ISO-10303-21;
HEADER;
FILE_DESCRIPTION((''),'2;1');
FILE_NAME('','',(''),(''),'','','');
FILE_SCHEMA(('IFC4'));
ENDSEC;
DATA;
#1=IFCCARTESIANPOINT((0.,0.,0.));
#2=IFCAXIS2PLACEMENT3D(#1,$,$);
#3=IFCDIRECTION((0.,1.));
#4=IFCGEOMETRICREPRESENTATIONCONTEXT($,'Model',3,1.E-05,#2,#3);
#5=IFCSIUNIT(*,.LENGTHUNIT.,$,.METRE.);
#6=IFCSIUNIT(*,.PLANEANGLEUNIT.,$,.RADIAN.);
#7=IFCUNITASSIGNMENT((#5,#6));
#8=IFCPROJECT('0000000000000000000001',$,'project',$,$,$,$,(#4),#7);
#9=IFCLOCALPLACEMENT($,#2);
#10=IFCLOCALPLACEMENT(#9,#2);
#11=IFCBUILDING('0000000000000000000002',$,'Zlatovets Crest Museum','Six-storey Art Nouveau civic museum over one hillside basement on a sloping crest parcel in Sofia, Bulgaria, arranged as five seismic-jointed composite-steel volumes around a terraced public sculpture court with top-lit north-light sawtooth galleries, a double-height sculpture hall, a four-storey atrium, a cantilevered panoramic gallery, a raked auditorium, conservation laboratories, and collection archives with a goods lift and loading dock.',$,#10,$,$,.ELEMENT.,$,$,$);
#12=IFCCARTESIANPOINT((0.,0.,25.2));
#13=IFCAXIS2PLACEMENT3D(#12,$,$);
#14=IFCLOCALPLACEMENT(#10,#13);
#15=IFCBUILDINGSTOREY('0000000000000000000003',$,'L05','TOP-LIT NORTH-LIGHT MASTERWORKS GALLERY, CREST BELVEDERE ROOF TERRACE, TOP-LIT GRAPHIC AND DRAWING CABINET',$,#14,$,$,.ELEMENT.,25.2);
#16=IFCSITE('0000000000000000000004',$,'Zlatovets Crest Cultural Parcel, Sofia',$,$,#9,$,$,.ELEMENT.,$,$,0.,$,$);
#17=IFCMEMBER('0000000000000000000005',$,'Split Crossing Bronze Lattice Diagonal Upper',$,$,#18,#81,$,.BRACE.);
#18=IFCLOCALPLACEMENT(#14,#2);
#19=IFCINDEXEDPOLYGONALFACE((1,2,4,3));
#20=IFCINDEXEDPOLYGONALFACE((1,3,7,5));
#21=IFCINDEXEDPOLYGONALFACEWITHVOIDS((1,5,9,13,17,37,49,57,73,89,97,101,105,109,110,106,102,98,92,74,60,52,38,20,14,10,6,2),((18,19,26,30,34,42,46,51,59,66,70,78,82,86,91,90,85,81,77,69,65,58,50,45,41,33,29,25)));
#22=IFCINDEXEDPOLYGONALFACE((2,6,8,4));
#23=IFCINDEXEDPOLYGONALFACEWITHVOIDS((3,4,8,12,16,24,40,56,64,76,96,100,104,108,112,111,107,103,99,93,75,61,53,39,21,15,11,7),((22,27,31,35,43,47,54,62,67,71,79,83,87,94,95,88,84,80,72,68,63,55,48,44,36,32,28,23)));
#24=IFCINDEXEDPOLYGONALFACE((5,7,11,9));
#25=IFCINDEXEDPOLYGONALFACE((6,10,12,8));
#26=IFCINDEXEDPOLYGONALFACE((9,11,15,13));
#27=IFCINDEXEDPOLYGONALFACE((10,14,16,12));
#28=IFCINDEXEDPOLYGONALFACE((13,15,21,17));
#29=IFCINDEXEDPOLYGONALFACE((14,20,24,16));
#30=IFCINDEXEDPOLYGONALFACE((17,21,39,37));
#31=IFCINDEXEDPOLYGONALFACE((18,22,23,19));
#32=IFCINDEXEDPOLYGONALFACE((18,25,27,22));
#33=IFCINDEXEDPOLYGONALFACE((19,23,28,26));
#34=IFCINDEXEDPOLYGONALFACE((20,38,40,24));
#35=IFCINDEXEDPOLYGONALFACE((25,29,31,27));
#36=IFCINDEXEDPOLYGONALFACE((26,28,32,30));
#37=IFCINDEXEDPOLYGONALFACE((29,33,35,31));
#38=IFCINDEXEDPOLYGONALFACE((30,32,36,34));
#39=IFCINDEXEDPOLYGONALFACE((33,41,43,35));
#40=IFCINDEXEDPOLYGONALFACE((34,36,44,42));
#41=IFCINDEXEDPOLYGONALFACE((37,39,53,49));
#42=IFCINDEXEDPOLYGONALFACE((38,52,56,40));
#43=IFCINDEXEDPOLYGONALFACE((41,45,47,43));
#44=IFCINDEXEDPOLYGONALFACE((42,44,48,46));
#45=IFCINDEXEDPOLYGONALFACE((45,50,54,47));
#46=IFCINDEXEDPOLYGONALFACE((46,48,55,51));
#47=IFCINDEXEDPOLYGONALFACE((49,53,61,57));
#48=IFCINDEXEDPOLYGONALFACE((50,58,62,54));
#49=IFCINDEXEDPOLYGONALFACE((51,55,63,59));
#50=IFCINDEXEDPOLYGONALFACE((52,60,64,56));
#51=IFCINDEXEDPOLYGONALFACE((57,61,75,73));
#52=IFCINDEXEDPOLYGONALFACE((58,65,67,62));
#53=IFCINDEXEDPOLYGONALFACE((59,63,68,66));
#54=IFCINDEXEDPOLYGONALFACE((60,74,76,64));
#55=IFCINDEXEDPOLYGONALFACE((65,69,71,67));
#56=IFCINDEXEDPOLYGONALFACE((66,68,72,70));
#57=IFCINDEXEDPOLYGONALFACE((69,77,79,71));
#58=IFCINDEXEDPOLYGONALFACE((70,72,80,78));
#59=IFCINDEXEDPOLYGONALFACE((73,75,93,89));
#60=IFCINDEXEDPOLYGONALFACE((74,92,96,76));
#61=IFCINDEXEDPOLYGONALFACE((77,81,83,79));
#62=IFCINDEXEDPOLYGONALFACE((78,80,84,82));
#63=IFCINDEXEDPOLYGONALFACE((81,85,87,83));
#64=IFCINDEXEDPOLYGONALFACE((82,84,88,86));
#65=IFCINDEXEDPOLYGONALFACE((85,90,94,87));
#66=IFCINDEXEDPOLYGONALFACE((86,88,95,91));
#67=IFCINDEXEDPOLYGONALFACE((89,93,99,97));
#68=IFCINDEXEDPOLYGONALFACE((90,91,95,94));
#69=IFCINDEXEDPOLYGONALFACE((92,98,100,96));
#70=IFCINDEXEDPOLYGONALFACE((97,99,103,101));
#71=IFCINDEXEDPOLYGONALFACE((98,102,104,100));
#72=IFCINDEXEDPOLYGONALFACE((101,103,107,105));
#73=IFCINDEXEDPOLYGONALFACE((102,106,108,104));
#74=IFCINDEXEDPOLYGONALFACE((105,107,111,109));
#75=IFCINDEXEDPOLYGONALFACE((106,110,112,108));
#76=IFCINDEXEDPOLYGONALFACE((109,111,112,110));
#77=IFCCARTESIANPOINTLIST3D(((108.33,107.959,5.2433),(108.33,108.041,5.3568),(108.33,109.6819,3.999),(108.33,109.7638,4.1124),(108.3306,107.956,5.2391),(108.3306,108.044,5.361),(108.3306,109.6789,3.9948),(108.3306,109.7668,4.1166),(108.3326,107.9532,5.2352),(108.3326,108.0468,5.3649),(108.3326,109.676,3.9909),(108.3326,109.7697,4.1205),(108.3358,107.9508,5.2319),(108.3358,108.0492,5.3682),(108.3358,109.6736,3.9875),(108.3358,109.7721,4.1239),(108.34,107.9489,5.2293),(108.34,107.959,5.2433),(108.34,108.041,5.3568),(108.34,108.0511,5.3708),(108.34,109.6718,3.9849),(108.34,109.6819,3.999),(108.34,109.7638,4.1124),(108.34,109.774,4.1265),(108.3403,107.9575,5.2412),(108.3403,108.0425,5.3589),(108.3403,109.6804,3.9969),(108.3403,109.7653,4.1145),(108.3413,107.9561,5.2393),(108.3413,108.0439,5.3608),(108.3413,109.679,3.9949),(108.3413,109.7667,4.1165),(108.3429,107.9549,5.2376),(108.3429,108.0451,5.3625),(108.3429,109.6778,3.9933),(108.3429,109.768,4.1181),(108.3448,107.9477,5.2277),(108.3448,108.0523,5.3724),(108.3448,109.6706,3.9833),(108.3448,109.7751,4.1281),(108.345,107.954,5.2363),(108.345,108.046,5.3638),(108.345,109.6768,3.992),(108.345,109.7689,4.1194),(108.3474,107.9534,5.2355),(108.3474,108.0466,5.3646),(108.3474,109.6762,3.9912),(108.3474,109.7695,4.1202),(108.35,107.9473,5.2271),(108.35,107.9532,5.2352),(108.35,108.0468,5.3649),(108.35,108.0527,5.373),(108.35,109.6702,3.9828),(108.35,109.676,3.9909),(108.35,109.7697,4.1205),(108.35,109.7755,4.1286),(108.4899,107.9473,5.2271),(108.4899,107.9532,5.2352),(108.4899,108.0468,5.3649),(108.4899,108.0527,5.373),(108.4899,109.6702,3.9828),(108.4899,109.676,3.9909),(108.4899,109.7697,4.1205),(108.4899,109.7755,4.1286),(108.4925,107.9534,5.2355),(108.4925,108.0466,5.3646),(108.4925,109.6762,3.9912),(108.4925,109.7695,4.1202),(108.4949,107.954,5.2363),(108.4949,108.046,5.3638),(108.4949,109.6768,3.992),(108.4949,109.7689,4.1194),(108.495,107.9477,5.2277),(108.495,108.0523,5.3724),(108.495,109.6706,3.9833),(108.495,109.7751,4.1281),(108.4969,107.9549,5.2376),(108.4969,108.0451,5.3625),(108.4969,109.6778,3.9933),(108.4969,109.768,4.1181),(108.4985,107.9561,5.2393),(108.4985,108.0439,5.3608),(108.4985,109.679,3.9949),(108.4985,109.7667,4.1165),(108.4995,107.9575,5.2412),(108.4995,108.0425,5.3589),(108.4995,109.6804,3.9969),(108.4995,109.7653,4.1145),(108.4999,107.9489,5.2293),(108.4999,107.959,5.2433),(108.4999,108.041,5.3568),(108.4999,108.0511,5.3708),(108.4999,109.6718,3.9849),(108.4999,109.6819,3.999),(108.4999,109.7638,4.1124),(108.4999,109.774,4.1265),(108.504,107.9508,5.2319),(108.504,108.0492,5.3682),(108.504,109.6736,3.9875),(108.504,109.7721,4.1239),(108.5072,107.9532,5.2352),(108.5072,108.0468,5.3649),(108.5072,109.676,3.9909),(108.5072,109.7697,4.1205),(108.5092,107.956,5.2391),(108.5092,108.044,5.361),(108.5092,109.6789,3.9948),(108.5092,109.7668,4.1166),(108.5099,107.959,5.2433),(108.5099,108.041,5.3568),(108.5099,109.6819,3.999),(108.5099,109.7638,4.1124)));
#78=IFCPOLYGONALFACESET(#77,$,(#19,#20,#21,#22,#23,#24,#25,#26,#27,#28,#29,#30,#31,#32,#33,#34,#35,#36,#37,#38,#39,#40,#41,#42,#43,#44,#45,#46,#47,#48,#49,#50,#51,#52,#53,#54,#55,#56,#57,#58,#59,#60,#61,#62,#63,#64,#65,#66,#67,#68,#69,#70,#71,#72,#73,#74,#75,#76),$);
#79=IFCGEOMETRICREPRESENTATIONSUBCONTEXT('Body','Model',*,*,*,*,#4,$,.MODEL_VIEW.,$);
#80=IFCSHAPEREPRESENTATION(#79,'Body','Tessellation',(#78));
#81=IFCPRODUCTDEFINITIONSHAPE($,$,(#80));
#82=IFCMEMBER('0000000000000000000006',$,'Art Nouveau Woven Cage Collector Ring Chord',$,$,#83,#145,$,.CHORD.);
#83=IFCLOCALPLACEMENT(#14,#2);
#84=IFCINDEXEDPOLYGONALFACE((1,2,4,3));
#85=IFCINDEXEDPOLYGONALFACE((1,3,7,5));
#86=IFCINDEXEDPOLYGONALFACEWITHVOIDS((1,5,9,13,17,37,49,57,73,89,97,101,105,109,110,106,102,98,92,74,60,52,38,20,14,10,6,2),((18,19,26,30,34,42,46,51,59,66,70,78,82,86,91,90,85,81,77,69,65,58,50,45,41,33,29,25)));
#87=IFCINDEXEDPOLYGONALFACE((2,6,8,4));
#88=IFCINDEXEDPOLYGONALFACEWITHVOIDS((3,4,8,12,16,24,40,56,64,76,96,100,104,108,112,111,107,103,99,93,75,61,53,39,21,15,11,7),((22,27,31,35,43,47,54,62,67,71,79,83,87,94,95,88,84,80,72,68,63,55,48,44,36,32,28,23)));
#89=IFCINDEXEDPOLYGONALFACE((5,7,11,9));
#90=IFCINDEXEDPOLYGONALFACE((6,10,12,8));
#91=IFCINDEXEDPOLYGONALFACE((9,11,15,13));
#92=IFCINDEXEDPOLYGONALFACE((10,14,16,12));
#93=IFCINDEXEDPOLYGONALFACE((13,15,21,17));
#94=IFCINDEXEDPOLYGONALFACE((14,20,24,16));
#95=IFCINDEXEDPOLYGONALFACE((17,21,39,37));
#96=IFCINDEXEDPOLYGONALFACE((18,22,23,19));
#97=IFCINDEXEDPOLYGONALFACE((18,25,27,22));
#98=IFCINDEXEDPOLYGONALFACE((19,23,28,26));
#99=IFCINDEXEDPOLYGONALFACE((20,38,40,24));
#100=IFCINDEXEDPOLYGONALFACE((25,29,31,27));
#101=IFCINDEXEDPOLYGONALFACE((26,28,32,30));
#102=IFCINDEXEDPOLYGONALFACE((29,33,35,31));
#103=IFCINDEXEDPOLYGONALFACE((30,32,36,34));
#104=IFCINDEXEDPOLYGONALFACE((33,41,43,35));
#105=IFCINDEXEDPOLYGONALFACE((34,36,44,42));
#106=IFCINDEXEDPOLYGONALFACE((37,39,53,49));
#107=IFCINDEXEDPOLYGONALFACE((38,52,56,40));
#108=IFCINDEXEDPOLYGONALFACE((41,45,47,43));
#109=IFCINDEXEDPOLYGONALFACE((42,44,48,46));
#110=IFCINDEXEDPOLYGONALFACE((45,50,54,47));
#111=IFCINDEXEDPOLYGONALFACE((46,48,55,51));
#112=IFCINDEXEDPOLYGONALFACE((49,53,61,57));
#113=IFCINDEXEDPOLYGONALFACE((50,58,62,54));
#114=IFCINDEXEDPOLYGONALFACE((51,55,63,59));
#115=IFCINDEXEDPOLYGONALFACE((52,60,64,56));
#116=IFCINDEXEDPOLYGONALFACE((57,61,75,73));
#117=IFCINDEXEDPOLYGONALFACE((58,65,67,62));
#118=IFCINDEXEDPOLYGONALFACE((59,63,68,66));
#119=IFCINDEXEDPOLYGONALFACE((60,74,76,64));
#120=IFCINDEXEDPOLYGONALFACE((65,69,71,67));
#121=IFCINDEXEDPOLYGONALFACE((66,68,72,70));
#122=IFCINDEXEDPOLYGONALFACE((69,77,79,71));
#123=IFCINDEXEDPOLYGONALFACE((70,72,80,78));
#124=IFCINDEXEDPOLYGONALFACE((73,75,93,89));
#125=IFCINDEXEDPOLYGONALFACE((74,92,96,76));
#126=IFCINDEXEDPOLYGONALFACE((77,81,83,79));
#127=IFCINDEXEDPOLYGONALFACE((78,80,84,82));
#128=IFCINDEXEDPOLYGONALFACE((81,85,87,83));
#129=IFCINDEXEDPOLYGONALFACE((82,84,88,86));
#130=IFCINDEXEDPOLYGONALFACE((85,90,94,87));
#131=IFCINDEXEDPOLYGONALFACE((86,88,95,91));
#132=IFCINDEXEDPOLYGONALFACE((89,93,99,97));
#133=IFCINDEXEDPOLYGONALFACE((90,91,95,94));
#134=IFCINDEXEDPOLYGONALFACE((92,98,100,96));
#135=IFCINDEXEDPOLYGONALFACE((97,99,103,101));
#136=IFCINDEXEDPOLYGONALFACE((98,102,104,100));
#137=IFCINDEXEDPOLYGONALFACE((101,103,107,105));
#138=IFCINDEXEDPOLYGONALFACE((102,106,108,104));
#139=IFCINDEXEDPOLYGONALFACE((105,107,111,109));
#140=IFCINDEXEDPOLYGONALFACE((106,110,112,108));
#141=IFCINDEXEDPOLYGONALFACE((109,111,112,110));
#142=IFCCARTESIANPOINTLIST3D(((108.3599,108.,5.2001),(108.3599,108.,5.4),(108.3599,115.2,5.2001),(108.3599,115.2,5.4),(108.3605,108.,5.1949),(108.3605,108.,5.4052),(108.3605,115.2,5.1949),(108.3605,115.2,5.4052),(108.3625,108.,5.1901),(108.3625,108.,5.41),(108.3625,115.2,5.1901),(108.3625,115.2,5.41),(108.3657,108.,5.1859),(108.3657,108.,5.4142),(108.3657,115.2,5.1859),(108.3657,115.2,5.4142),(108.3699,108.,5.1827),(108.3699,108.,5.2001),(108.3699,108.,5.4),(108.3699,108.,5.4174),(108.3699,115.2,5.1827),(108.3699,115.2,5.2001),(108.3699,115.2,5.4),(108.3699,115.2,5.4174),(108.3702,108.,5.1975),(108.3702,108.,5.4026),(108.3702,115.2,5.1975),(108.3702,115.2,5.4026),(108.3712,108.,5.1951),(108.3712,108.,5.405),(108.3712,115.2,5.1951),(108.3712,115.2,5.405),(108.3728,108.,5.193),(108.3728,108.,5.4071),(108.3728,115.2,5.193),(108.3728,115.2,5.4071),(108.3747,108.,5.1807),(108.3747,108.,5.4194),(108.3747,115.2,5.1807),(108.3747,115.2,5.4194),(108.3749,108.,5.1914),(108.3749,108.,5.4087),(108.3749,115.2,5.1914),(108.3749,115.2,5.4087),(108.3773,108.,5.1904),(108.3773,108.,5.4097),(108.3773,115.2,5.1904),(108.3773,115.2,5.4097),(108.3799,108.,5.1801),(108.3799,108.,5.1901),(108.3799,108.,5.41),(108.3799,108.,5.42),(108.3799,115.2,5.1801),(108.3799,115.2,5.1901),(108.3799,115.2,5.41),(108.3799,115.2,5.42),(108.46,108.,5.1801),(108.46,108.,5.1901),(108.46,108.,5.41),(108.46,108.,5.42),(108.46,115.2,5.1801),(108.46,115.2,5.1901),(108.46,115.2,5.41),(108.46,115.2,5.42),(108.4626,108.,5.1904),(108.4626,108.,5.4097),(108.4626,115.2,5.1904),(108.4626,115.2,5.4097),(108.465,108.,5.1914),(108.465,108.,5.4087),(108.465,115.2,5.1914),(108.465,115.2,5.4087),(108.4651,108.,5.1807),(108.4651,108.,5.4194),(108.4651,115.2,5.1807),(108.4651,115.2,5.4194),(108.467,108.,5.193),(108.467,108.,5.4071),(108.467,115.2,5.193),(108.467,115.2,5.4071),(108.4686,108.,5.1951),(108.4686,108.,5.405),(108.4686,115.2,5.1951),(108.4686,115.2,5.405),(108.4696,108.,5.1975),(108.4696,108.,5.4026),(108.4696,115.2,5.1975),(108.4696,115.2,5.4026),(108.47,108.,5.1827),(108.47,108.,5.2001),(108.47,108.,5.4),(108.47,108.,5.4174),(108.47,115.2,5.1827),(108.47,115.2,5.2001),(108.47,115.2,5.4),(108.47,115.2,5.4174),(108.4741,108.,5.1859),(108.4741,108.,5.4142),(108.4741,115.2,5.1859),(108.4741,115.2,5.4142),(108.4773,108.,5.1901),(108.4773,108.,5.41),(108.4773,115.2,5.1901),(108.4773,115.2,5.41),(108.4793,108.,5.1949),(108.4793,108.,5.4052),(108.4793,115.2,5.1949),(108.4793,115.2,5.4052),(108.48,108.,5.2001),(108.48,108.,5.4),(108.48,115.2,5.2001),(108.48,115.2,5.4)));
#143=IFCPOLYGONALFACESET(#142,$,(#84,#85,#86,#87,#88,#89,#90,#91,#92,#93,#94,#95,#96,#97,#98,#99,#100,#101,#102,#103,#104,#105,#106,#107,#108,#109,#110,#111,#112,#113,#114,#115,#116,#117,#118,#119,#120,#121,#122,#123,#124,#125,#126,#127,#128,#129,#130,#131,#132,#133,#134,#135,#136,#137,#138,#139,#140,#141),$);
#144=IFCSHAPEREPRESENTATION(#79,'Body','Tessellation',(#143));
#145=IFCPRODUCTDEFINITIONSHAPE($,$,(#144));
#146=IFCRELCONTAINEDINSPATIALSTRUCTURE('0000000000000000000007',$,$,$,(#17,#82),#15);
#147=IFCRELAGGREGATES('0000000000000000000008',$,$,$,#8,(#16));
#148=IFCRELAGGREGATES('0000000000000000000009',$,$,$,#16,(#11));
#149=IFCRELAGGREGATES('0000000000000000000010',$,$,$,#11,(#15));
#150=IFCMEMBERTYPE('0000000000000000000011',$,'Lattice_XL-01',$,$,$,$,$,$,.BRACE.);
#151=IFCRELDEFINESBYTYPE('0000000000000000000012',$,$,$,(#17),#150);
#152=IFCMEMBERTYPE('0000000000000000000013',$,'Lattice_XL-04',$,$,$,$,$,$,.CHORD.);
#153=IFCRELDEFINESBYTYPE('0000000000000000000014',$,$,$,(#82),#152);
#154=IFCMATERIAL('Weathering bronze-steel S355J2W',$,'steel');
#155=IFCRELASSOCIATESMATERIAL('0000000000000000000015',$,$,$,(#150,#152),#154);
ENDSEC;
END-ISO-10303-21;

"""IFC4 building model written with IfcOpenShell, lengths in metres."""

from ifc_helpers import new_model, si_unit, direction, frame, origin, origin_2d, place, context, subcontext, project, spatial, hollow_rectangle, extrude, material, material_profile, profile_set, type_object, element, save


model = new_model("IFC4")

# Units and contexts
model_context = context("Model", 3, precision=1e-05, world=origin(), true_north=direction((0.0, 1.0)))
body_context = subcontext(model_context, "Body", "Model", "MODEL_VIEW")
ifc_project = project(units=[si_unit("LENGTHUNIT", "METRE"), si_unit("PLANEANGLEUNIT", "RADIAN")], contexts=[model_context])

# Site, building, storey
site_placement = place(None, origin())
site = spatial("IfcSite", under=ifc_project, at=site_placement, Name="Zlatovets Crest Cultural Parcel, Sofia", CompositionType="ELEMENT", RefElevation=0.0)
building_placement = place(site_placement, origin())
building = spatial("IfcBuilding", under=site, at=building_placement, Name="Zlatovets Crest Museum", Description="Six-storey Art Nouveau civic museum over one hillside basement on a sloping crest parcel in Sofia, Bulgaria, arranged as five seismic-jointed composite-steel volumes around a terraced public sculpture court with top-lit north-light sawtooth galleries, a double-height sculpture hall, a four-storey atrium, a cantilevered panoramic gallery, a raked auditorium, conservation laboratories, and collection archives with a goods lift and loading dock.", CompositionType="ELEMENT")
storey_placement = place(building_placement, frame((0.0, 0.0, 25.2)))
storey = spatial("IfcBuildingStorey", under=building, at=storey_placement, Name="L05", Description="TOP-LIT NORTH-LIGHT MASTERWORKS GALLERY, CREST BELVEDERE ROOF TERRACE, TOP-LIT GRAPHIC AND DRAWING CABINET", CompositionType="ELEMENT", Elevation=25.2)

# Members
ifc_material_1 = material(Name="Weathering bronze-steel S355J2W", Category="steel")
ifc_material_profile_1 = material_profile(ifc_material_1, hollow_rectangle(XDim=0.1799, YDim=0.1799, WallThickness=0.01, InnerFilletRadius=0.01, OuterFilletRadius=0.02, at=origin_2d()), Name="SHS 180x180x10.0")
ifc_profile_set_1 = profile_set([ifc_material_profile_1], Name="Weathering bronze-steel S355J2W")
member_type_1 = type_object("IfcMemberType", Name="Lattice_XL-01", PredefinedType="BRACE", material=ifc_profile_set_1)
member_1_placement = place(storey_placement, frame((108.4199, 108.0, 5.3), z_axis=(0.0, 0.810664, -0.585512), x_axis=(-1.0, 0.0, 0.0)))
element("IfcMember", 1, at=member_1_placement, inside=storey, type_object=member_type_1, Name="Split Crossing Bronze Lattice Diagonal Upper", PredefinedType="BRACE", context=body_context, shape_type="SweptSolid", body=[
    extrude(hollow_rectangle(XDim=0.1799, YDim=0.1799, WallThickness=0.01, InnerFilletRadius=0.01, OuterFilletRadius=0.02, at=origin_2d()), origin(), (0.0, 0.0, 1.0), 2.1252),
])
ifc_material_profile_2 = material_profile(ifc_material_1, hollow_rectangle(XDim=0.1201, YDim=0.24, WallThickness=0.01, InnerFilletRadius=0.01, OuterFilletRadius=0.02, at=origin_2d()), Name="RHS 120x240x10.0")
ifc_profile_set_2 = profile_set([ifc_material_profile_2], Name="Weathering bronze-steel S355J2W")
member_type_2 = type_object("IfcMemberType", Name="Lattice_XL-04", PredefinedType="CHORD", material=ifc_profile_set_2)
member_2_placement = place(storey_placement, frame((108.4199, 108.0, 5.3), z_axis=(0.0, 1.0, 0.0), x_axis=(-1.0, 0.0, 0.0)))
element("IfcMember", 2, at=member_2_placement, inside=storey, type_object=member_type_2, Name="Art Nouveau Woven Cage Collector Ring Chord", PredefinedType="CHORD", context=body_context, shape_type="SweptSolid", body=[
    extrude(hollow_rectangle(XDim=0.1201, YDim=0.24, WallThickness=0.01, InnerFilletRadius=0.01, OuterFilletRadius=0.02, at=origin_2d()), origin(), (0.0, 0.0, 1.0), 7.2),
])

save(model, "model.ifc")
